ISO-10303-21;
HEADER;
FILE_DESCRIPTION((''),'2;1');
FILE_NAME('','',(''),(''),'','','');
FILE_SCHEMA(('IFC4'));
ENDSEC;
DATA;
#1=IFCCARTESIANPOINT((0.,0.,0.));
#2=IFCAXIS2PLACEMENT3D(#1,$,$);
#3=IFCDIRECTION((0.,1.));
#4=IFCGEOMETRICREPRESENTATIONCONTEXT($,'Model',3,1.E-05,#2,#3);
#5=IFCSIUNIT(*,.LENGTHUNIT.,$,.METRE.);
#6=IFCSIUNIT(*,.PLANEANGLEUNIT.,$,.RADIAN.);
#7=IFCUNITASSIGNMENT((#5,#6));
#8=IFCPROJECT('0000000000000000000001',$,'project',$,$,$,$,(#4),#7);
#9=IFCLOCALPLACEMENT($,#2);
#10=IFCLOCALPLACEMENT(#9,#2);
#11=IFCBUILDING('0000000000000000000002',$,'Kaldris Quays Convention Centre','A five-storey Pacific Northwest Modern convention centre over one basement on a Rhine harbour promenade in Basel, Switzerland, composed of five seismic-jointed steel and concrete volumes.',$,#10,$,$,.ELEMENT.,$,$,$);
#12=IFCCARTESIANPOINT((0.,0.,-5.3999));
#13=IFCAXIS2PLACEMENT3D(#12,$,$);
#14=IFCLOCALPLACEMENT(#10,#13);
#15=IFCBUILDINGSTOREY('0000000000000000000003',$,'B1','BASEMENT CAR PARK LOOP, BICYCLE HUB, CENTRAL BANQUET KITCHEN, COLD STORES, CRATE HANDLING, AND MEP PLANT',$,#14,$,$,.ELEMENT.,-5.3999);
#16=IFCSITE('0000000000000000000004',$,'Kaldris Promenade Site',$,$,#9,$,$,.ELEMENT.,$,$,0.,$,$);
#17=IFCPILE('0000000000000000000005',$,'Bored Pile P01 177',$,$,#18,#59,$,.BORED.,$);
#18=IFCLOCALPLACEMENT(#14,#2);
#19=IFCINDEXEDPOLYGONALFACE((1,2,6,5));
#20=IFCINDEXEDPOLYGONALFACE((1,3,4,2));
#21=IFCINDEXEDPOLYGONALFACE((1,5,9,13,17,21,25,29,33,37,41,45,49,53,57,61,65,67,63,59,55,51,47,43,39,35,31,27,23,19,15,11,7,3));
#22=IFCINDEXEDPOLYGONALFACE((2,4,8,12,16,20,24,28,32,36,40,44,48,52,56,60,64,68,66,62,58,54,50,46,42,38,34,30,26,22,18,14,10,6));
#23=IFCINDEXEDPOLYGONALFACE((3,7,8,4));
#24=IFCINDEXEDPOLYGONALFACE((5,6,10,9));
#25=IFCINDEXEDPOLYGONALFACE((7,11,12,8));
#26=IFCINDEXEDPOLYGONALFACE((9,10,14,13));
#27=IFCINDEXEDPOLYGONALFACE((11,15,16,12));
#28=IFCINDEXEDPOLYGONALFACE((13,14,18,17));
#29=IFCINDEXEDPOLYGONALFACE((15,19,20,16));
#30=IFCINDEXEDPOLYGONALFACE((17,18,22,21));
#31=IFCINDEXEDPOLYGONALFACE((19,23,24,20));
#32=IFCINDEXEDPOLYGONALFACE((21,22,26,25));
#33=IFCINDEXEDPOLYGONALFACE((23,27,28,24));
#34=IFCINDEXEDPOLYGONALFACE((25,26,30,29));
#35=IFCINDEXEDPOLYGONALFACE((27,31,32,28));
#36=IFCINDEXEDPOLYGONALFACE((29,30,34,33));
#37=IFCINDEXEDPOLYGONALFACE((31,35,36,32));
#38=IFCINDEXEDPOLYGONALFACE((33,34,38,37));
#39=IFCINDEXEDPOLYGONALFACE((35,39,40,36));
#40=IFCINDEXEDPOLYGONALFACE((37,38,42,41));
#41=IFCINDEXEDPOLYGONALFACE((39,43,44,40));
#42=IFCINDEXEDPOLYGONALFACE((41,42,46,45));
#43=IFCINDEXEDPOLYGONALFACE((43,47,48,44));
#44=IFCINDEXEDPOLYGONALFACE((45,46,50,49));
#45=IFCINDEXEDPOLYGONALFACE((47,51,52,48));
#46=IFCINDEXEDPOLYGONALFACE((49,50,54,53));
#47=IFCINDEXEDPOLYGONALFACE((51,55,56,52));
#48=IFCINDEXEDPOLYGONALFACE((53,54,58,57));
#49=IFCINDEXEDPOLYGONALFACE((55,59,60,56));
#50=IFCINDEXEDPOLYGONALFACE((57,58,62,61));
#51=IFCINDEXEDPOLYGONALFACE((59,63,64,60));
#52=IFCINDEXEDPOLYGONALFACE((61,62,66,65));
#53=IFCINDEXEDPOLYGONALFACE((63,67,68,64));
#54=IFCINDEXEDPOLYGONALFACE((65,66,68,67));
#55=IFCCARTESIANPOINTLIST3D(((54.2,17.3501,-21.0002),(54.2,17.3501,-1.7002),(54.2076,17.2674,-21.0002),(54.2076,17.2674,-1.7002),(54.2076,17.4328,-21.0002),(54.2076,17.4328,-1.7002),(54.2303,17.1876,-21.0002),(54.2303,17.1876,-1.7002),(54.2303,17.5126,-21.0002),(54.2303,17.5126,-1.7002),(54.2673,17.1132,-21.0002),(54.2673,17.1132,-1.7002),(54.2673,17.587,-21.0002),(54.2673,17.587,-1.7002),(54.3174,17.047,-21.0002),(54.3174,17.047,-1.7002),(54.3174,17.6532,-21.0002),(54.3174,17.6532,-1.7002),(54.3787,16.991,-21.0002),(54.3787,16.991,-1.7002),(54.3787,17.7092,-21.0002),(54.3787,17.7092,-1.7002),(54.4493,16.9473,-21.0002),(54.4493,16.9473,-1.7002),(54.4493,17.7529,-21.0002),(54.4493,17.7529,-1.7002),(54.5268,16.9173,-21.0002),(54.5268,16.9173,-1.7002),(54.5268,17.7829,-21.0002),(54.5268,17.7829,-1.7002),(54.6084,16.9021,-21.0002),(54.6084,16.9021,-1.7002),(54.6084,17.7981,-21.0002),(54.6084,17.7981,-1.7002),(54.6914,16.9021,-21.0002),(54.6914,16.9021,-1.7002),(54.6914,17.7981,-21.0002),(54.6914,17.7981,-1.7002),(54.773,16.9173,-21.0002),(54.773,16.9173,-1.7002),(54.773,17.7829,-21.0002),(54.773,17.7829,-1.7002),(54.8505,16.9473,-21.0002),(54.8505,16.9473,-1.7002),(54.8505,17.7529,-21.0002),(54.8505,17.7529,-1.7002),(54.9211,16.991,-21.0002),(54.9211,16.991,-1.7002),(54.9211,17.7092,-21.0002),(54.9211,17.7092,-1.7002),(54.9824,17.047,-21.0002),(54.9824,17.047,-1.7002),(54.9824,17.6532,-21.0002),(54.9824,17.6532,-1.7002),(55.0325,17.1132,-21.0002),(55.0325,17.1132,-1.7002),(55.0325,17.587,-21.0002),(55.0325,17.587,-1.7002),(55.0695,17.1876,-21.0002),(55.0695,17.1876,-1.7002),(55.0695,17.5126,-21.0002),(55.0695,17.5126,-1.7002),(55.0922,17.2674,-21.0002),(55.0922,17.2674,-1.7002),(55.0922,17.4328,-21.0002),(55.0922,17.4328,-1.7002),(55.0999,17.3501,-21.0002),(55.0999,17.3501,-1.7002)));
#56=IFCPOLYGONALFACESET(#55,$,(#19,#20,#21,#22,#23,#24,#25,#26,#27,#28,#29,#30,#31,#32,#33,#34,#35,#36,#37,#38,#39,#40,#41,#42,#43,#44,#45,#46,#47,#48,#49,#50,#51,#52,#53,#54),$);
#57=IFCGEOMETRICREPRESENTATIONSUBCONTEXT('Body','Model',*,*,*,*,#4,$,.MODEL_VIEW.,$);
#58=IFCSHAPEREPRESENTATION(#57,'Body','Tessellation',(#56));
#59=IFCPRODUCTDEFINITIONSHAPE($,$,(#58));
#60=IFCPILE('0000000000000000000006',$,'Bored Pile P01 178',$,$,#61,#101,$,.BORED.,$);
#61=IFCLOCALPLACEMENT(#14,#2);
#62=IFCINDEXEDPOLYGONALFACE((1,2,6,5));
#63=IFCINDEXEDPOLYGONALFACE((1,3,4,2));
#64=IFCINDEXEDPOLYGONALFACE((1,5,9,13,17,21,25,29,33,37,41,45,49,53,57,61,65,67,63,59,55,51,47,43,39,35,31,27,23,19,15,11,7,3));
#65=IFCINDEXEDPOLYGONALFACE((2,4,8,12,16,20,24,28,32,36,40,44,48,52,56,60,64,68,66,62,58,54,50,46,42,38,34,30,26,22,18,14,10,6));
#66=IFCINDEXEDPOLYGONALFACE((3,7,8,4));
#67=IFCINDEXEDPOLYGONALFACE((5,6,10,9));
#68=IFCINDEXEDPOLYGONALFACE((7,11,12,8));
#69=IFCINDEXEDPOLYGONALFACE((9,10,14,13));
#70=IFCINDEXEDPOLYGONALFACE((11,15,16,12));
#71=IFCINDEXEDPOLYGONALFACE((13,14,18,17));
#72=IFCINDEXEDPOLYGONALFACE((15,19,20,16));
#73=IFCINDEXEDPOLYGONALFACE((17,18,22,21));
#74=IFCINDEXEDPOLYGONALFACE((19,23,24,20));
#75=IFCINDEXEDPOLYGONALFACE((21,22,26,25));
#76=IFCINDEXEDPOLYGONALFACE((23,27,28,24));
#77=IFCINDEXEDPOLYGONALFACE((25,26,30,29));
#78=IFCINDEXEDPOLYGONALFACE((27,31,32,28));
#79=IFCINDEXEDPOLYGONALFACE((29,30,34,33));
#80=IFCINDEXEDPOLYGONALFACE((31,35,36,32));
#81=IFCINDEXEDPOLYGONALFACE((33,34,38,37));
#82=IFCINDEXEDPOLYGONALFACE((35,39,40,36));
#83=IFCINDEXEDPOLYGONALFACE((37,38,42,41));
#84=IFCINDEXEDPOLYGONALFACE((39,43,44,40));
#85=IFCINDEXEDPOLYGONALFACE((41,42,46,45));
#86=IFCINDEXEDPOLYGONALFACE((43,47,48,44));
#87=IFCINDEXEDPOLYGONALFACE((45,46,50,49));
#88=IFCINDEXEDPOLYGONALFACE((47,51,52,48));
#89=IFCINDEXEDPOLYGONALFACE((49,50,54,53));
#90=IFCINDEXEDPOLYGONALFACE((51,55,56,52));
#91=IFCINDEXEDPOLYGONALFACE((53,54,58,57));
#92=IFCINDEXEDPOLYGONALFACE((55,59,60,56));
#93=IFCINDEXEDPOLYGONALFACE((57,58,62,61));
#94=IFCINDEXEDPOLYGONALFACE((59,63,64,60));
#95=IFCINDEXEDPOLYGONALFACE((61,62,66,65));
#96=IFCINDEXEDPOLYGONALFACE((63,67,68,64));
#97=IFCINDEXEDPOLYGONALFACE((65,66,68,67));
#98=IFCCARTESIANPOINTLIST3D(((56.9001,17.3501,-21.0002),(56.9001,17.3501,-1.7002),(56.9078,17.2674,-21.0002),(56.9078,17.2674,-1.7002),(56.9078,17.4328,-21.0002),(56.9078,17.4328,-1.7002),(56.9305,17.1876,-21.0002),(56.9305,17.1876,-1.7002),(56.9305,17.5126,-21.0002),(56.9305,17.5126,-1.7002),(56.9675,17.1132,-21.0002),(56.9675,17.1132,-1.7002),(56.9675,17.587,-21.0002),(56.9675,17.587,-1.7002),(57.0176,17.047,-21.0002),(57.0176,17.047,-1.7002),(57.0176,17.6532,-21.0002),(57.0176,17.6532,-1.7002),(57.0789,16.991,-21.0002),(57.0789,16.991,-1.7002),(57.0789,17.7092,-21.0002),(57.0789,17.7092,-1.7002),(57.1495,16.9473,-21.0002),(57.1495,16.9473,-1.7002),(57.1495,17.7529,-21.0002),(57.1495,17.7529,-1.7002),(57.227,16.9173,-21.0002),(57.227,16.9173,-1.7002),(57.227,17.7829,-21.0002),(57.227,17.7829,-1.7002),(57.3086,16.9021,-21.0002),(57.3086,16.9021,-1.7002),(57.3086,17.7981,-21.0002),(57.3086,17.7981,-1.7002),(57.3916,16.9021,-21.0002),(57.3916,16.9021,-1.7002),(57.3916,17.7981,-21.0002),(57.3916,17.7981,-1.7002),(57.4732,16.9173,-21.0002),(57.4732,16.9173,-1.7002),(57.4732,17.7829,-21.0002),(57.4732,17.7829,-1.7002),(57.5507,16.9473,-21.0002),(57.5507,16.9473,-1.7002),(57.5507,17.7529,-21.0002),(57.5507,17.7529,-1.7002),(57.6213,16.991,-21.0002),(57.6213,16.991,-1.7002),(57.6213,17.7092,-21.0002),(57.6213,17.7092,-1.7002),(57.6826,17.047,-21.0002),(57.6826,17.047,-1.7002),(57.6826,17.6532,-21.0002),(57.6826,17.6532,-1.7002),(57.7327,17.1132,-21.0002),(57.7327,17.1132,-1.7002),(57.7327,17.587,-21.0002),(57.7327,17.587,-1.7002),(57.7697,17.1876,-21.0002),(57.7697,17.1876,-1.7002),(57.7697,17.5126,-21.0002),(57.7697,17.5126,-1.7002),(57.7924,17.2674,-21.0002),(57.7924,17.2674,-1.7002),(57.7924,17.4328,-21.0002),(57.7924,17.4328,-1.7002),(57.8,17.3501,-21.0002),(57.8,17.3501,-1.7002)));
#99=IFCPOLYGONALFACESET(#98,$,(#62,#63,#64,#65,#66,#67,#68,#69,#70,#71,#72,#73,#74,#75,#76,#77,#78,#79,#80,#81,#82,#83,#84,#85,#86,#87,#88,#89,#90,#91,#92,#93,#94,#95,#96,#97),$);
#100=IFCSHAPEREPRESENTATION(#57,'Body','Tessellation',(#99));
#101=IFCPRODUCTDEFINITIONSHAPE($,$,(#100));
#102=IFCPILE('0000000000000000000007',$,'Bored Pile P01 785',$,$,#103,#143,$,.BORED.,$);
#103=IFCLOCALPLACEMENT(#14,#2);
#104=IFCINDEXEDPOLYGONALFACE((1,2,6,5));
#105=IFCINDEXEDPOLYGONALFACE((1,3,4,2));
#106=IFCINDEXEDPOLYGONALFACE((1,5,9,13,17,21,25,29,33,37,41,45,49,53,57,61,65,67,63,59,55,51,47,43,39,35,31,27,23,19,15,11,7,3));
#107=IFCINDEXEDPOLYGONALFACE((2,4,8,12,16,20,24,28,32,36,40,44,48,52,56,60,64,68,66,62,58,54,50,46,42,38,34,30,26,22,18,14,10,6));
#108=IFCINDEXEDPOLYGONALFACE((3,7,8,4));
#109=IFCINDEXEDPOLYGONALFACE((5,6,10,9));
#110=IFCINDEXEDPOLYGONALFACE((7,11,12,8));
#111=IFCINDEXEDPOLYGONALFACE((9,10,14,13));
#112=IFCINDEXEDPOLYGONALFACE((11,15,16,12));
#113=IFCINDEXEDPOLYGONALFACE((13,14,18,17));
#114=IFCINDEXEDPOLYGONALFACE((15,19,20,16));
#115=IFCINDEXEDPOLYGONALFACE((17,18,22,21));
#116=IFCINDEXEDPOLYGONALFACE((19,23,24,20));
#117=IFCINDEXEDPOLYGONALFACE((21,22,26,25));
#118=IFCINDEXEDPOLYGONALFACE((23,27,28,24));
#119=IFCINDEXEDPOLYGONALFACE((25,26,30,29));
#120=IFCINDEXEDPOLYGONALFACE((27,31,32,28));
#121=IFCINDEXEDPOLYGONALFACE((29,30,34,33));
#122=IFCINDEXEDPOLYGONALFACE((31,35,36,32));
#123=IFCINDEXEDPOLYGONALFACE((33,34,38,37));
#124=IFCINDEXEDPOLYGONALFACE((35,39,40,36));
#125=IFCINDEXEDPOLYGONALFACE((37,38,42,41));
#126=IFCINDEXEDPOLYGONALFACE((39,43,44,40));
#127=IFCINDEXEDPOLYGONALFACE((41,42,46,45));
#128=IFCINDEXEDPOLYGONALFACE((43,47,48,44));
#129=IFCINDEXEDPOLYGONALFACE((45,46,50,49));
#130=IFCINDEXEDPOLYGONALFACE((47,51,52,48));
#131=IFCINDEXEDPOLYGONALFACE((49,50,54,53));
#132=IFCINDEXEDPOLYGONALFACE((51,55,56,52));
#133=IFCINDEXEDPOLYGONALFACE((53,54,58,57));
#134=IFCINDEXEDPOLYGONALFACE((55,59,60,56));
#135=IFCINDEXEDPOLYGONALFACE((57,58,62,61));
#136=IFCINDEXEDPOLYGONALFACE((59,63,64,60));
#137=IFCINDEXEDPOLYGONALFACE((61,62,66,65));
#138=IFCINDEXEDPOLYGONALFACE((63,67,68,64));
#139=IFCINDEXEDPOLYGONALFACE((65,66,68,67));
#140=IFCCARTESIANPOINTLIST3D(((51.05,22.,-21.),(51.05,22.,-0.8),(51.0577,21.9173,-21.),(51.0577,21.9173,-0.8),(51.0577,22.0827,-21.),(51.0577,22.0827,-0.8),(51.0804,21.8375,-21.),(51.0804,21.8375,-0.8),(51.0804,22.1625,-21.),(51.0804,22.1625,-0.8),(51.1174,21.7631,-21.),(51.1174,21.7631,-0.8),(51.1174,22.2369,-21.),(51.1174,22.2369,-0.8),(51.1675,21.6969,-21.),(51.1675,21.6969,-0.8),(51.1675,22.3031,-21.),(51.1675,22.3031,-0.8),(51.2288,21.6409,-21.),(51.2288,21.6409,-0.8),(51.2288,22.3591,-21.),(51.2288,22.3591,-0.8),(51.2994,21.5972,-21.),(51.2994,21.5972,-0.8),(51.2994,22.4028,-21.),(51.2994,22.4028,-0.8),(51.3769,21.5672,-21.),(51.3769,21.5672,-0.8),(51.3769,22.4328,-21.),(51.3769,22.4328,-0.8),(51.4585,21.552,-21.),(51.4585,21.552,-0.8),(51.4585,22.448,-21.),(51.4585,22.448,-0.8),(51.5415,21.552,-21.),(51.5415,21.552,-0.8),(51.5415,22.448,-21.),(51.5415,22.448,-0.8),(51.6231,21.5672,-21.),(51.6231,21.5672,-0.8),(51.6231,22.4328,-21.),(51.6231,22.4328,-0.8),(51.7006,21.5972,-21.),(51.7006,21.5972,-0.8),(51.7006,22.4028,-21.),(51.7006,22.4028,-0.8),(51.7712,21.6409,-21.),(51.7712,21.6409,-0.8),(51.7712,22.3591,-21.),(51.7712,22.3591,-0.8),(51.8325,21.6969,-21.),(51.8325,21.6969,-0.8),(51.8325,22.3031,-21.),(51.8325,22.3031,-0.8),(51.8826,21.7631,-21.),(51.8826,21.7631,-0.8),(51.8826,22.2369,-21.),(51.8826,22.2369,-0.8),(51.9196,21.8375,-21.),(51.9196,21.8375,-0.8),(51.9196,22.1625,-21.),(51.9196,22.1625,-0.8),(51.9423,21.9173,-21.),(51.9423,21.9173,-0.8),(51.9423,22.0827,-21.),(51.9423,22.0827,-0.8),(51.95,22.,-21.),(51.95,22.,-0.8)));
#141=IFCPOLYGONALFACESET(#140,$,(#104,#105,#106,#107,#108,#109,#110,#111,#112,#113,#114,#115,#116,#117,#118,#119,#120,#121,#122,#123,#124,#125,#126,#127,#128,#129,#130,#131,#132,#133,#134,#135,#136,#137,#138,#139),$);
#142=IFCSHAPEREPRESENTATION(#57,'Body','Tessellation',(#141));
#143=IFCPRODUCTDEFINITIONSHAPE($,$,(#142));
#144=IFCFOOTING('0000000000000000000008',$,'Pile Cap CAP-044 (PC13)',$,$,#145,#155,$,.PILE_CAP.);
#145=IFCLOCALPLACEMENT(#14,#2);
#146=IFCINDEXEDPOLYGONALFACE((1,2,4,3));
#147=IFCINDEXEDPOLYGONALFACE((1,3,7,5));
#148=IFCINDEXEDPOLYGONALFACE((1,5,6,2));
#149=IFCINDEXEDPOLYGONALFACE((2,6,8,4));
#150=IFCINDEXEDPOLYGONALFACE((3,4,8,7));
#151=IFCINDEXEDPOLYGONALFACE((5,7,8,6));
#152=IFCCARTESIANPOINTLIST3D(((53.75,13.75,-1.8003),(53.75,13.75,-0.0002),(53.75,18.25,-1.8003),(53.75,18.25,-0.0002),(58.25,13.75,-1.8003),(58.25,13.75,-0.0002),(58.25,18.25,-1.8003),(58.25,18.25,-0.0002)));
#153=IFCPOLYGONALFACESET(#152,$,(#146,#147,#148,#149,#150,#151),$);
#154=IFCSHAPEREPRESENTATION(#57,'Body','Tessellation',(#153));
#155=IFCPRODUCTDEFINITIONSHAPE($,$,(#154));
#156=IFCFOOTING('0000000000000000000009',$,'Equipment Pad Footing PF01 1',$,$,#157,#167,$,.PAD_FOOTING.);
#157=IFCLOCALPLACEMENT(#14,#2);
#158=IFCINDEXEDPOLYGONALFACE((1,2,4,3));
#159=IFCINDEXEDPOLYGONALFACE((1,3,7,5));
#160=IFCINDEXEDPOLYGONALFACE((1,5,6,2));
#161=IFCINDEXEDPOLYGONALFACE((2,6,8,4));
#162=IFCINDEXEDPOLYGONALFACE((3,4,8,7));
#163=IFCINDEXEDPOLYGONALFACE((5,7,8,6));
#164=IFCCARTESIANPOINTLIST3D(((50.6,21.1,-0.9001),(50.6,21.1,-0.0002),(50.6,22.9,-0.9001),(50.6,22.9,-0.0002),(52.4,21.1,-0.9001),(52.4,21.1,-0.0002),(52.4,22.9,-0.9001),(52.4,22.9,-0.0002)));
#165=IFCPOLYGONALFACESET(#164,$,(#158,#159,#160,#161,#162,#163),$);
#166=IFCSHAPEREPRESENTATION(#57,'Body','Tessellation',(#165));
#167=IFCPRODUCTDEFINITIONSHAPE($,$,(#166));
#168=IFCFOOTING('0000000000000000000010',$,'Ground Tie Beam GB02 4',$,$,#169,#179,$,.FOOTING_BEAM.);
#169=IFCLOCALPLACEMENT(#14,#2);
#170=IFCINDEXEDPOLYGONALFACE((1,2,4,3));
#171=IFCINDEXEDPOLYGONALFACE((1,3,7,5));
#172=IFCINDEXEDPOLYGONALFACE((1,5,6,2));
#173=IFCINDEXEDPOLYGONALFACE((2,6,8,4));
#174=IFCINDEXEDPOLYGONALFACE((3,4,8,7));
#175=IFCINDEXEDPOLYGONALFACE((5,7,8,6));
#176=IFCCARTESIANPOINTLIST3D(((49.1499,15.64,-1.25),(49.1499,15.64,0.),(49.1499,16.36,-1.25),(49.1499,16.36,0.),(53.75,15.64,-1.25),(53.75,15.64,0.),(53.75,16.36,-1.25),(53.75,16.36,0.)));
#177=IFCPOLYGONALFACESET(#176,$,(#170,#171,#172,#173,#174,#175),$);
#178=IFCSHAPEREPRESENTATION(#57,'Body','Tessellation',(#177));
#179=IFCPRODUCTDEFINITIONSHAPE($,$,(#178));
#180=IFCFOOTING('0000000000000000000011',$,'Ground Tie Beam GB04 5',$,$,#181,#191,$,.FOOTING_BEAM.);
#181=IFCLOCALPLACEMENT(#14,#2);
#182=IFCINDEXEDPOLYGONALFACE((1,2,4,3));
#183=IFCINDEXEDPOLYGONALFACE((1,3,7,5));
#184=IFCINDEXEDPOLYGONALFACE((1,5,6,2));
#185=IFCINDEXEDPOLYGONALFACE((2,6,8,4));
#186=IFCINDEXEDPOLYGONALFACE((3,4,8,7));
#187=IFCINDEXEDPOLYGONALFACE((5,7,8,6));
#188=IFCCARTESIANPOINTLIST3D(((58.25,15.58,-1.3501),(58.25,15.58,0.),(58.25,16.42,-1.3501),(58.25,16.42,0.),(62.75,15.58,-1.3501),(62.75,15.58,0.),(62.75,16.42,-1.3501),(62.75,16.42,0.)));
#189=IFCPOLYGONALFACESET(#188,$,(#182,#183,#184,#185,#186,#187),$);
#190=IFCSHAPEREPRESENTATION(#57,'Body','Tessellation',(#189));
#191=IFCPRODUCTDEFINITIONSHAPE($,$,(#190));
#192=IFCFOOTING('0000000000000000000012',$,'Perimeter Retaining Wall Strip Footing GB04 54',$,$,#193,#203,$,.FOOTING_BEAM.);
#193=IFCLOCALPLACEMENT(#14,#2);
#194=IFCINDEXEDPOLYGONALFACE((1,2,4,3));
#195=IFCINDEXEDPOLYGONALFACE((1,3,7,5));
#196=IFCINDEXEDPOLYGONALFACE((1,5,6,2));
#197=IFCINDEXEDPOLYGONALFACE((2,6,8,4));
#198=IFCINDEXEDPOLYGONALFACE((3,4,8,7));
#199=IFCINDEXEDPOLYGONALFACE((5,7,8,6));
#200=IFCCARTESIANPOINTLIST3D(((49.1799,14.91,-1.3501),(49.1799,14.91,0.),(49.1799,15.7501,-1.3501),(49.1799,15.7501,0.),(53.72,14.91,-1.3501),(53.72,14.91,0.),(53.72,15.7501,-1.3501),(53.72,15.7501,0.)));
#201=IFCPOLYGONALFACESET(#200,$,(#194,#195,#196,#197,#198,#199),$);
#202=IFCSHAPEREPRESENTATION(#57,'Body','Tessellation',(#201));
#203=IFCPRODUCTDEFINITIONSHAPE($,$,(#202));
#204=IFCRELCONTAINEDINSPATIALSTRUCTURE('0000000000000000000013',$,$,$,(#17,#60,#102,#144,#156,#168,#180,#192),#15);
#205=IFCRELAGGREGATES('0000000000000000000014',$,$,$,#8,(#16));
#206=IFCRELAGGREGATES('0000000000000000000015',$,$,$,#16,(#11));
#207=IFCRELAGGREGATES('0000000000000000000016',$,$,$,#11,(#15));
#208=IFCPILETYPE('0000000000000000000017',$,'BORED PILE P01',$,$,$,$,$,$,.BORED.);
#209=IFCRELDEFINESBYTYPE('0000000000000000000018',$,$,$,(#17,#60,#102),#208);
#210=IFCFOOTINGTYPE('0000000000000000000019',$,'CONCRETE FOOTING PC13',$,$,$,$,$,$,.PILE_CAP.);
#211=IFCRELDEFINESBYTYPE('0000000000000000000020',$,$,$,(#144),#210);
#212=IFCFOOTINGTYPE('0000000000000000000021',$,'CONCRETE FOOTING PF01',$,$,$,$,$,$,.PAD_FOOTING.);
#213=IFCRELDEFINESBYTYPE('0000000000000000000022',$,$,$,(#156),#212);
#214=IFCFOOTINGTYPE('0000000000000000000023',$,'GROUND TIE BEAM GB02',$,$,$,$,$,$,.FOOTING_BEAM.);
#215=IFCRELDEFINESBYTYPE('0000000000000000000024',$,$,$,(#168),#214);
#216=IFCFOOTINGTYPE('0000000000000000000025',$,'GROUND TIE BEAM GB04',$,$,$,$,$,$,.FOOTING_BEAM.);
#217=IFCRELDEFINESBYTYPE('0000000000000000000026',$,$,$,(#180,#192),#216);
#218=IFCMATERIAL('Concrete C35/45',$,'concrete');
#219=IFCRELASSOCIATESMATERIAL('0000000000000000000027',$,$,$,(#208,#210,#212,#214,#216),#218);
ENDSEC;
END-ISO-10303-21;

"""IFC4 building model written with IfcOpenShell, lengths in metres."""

from ifc_helpers import new_model, si_unit, direction, frame, origin, origin_2d, place, context, subcontext, project, spatial, rectangle, circle, extrude, material, material_profile, profile_set, type_object, element, save


model = new_model("IFC4")

# Units and contexts
model_context = context("Model", 3, precision=1e-05, world=origin(), true_north=direction((0.0, 1.0)))
body_context = subcontext(model_context, "Body", "Model", "MODEL_VIEW")
ifc_project = project(units=[si_unit("LENGTHUNIT", "METRE"), si_unit("PLANEANGLEUNIT", "RADIAN")], contexts=[model_context])

# Site, building, storey
site_placement = place(None, origin())
site = spatial("IfcSite", under=ifc_project, at=site_placement, Name="Kaldris Promenade Site", CompositionType="ELEMENT", RefElevation=0.0)
building_placement = place(site_placement, origin())
building = spatial("IfcBuilding", under=site, at=building_placement, Name="Kaldris Quays Convention Centre", Description="A five-storey Pacific Northwest Modern convention centre over one basement on a Rhine harbour promenade in Basel, Switzerland, composed of five seismic-jointed steel and concrete volumes.", CompositionType="ELEMENT")
storey_placement = place(building_placement, frame((0.0, 0.0, -5.3999)))
storey = spatial("IfcBuildingStorey", under=building, at=storey_placement, Name="B1", Description="BASEMENT CAR PARK LOOP, BICYCLE HUB, CENTRAL BANQUET KITCHEN, COLD STORES, CRATE HANDLING, AND MEP PLANT", CompositionType="ELEMENT", Elevation=-5.3999)

# Piles
ifc_material_1 = material(Name="Concrete C35/45", Category="concrete")
ifc_material_profile_1 = material_profile(ifc_material_1, circle(Radius=0.45, at=origin_2d()), Name="BORED PILE D900")
ifc_profile_set_1 = profile_set([ifc_material_profile_1], Name="Concrete C35/45")
pile_type = type_object("IfcPileType", Name="BORED PILE P01", PredefinedType="BORED", material=ifc_profile_set_1)
for number, where, z_axis, x_axis, name in (
    (1, (54.6499, 17.3501, -1.7002), (0.0, 0.0, -1.0), (1.0, 0.0, 0.0), "Bored Pile P01 177"),
    (2, (57.3501, 17.3501, -1.7002), (0.0, 0.0, -1.0), (1.0, 0.0, 0.0), "Bored Pile P01 178"),
):
    element("IfcPile", number, at=place(storey_placement, frame(where, z_axis=z_axis, x_axis=x_axis)), inside=storey, type_object=pile_type, Name=name, PredefinedType="BORED", context=body_context, shape_type="SweptSolid", body=[
        extrude(circle(Radius=0.45, at=origin_2d()), origin(), (0.0, 0.0, 1.0), 19.3),
    ])
pile_placement = place(storey_placement, frame((51.5, 22.0, -0.8), z_axis=(0.0, 0.0, -1.0), x_axis=(1.0, 0.0, 0.0)))
element("IfcPile", 3, at=pile_placement, inside=storey, type_object=pile_type, Name="Bored Pile P01 785", PredefinedType="BORED", context=body_context, shape_type="SweptSolid", body=[
    extrude(circle(Radius=0.45, at=origin_2d()), origin(), (0.0, 0.0, 1.0), 20.2),
])

# Footings
footing_type_1 = type_object("IfcFootingType", Name="CONCRETE FOOTING PC13", PredefinedType="PILE_CAP", material=ifc_material_1)
footing_1_placement = place(storey_placement, frame((56.0, 16.0, -1.8003), z_axis=(0.0, 0.0, 1.0), x_axis=(1.0, 0.0, 0.0)))
element("IfcFooting", 4, at=footing_1_placement, inside=storey, type_object=footing_type_1, Name="Pile Cap CAP-044 (PC13)", PredefinedType="PILE_CAP", context=body_context, shape_type="SweptSolid", body=[
    extrude(rectangle(XDim=4.5, YDim=4.5, at=origin_2d()), origin(), (0.0, 0.0, 1.0), 1.8),
])
footing_type_2 = type_object("IfcFootingType", Name="CONCRETE FOOTING PF01", PredefinedType="PAD_FOOTING", material=ifc_material_1)
footing_2_placement = place(storey_placement, frame((51.5, 22.0, -0.9001), z_axis=(0.0, 0.0, 1.0), x_axis=(1.0, 0.0, 0.0)))
element("IfcFooting", 5, at=footing_2_placement, inside=storey, type_object=footing_type_2, Name="Equipment Pad Footing PF01 1", PredefinedType="PAD_FOOTING", context=body_context, shape_type="SweptSolid", body=[
    extrude(rectangle(XDim=1.8, YDim=1.8, at=origin_2d()), origin(), (0.0, 0.0, 1.0), 0.8999),
])
footing_type_3 = type_object("IfcFootingType", Name="GROUND TIE BEAM GB02", PredefinedType="FOOTING_BEAM", material=ifc_material_1)
footing_3_placement = place(storey_placement, frame((51.45, 16.0, -1.25), z_axis=(0.0, 0.0, 1.0), x_axis=(1.0, 0.0, 0.0)))
element("IfcFooting", 6, at=footing_3_placement, inside=storey, type_object=footing_type_3, Name="Ground Tie Beam GB02 4", PredefinedType="FOOTING_BEAM", context=body_context, shape_type="SweptSolid", body=[
    extrude(rectangle(XDim=4.6001, YDim=0.72, at=origin_2d()), origin(), (0.0, 0.0, 1.0), 1.25),
])
footing_type_4 = type_object("IfcFootingType", Name="GROUND TIE BEAM GB04", PredefinedType="FOOTING_BEAM", material=ifc_material_1)
footing_4_placement = place(storey_placement, frame((60.5, 16.0, -1.3501), z_axis=(0.0, 0.0, 1.0), x_axis=(1.0, 0.0, 0.0)))
element("IfcFooting", 7, at=footing_4_placement, inside=storey, type_object=footing_type_4, Name="Ground Tie Beam GB04 5", PredefinedType="FOOTING_BEAM", context=body_context, shape_type="SweptSolid", body=[
    extrude(rectangle(XDim=4.5, YDim=0.8401, at=origin_2d()), origin(), (0.0, 0.0, 1.0), 1.3501),
])
footing_5_placement = place(storey_placement, frame((51.45, 15.3301, -1.3501), z_axis=(0.0, 0.0, 1.0), x_axis=(1.0, 0.0, 0.0)))
element("IfcFooting", 8, at=footing_5_placement, inside=storey, type_object=footing_type_4, Name="Perimeter Retaining Wall Strip Footing GB04 54", PredefinedType="FOOTING_BEAM", context=body_context, shape_type="SweptSolid", body=[
    extrude(rectangle(XDim=4.54, YDim=0.8401, at=origin_2d()), origin(), (0.0, 0.0, 1.0), 1.3501),
])

save(model, "model.ifc")
